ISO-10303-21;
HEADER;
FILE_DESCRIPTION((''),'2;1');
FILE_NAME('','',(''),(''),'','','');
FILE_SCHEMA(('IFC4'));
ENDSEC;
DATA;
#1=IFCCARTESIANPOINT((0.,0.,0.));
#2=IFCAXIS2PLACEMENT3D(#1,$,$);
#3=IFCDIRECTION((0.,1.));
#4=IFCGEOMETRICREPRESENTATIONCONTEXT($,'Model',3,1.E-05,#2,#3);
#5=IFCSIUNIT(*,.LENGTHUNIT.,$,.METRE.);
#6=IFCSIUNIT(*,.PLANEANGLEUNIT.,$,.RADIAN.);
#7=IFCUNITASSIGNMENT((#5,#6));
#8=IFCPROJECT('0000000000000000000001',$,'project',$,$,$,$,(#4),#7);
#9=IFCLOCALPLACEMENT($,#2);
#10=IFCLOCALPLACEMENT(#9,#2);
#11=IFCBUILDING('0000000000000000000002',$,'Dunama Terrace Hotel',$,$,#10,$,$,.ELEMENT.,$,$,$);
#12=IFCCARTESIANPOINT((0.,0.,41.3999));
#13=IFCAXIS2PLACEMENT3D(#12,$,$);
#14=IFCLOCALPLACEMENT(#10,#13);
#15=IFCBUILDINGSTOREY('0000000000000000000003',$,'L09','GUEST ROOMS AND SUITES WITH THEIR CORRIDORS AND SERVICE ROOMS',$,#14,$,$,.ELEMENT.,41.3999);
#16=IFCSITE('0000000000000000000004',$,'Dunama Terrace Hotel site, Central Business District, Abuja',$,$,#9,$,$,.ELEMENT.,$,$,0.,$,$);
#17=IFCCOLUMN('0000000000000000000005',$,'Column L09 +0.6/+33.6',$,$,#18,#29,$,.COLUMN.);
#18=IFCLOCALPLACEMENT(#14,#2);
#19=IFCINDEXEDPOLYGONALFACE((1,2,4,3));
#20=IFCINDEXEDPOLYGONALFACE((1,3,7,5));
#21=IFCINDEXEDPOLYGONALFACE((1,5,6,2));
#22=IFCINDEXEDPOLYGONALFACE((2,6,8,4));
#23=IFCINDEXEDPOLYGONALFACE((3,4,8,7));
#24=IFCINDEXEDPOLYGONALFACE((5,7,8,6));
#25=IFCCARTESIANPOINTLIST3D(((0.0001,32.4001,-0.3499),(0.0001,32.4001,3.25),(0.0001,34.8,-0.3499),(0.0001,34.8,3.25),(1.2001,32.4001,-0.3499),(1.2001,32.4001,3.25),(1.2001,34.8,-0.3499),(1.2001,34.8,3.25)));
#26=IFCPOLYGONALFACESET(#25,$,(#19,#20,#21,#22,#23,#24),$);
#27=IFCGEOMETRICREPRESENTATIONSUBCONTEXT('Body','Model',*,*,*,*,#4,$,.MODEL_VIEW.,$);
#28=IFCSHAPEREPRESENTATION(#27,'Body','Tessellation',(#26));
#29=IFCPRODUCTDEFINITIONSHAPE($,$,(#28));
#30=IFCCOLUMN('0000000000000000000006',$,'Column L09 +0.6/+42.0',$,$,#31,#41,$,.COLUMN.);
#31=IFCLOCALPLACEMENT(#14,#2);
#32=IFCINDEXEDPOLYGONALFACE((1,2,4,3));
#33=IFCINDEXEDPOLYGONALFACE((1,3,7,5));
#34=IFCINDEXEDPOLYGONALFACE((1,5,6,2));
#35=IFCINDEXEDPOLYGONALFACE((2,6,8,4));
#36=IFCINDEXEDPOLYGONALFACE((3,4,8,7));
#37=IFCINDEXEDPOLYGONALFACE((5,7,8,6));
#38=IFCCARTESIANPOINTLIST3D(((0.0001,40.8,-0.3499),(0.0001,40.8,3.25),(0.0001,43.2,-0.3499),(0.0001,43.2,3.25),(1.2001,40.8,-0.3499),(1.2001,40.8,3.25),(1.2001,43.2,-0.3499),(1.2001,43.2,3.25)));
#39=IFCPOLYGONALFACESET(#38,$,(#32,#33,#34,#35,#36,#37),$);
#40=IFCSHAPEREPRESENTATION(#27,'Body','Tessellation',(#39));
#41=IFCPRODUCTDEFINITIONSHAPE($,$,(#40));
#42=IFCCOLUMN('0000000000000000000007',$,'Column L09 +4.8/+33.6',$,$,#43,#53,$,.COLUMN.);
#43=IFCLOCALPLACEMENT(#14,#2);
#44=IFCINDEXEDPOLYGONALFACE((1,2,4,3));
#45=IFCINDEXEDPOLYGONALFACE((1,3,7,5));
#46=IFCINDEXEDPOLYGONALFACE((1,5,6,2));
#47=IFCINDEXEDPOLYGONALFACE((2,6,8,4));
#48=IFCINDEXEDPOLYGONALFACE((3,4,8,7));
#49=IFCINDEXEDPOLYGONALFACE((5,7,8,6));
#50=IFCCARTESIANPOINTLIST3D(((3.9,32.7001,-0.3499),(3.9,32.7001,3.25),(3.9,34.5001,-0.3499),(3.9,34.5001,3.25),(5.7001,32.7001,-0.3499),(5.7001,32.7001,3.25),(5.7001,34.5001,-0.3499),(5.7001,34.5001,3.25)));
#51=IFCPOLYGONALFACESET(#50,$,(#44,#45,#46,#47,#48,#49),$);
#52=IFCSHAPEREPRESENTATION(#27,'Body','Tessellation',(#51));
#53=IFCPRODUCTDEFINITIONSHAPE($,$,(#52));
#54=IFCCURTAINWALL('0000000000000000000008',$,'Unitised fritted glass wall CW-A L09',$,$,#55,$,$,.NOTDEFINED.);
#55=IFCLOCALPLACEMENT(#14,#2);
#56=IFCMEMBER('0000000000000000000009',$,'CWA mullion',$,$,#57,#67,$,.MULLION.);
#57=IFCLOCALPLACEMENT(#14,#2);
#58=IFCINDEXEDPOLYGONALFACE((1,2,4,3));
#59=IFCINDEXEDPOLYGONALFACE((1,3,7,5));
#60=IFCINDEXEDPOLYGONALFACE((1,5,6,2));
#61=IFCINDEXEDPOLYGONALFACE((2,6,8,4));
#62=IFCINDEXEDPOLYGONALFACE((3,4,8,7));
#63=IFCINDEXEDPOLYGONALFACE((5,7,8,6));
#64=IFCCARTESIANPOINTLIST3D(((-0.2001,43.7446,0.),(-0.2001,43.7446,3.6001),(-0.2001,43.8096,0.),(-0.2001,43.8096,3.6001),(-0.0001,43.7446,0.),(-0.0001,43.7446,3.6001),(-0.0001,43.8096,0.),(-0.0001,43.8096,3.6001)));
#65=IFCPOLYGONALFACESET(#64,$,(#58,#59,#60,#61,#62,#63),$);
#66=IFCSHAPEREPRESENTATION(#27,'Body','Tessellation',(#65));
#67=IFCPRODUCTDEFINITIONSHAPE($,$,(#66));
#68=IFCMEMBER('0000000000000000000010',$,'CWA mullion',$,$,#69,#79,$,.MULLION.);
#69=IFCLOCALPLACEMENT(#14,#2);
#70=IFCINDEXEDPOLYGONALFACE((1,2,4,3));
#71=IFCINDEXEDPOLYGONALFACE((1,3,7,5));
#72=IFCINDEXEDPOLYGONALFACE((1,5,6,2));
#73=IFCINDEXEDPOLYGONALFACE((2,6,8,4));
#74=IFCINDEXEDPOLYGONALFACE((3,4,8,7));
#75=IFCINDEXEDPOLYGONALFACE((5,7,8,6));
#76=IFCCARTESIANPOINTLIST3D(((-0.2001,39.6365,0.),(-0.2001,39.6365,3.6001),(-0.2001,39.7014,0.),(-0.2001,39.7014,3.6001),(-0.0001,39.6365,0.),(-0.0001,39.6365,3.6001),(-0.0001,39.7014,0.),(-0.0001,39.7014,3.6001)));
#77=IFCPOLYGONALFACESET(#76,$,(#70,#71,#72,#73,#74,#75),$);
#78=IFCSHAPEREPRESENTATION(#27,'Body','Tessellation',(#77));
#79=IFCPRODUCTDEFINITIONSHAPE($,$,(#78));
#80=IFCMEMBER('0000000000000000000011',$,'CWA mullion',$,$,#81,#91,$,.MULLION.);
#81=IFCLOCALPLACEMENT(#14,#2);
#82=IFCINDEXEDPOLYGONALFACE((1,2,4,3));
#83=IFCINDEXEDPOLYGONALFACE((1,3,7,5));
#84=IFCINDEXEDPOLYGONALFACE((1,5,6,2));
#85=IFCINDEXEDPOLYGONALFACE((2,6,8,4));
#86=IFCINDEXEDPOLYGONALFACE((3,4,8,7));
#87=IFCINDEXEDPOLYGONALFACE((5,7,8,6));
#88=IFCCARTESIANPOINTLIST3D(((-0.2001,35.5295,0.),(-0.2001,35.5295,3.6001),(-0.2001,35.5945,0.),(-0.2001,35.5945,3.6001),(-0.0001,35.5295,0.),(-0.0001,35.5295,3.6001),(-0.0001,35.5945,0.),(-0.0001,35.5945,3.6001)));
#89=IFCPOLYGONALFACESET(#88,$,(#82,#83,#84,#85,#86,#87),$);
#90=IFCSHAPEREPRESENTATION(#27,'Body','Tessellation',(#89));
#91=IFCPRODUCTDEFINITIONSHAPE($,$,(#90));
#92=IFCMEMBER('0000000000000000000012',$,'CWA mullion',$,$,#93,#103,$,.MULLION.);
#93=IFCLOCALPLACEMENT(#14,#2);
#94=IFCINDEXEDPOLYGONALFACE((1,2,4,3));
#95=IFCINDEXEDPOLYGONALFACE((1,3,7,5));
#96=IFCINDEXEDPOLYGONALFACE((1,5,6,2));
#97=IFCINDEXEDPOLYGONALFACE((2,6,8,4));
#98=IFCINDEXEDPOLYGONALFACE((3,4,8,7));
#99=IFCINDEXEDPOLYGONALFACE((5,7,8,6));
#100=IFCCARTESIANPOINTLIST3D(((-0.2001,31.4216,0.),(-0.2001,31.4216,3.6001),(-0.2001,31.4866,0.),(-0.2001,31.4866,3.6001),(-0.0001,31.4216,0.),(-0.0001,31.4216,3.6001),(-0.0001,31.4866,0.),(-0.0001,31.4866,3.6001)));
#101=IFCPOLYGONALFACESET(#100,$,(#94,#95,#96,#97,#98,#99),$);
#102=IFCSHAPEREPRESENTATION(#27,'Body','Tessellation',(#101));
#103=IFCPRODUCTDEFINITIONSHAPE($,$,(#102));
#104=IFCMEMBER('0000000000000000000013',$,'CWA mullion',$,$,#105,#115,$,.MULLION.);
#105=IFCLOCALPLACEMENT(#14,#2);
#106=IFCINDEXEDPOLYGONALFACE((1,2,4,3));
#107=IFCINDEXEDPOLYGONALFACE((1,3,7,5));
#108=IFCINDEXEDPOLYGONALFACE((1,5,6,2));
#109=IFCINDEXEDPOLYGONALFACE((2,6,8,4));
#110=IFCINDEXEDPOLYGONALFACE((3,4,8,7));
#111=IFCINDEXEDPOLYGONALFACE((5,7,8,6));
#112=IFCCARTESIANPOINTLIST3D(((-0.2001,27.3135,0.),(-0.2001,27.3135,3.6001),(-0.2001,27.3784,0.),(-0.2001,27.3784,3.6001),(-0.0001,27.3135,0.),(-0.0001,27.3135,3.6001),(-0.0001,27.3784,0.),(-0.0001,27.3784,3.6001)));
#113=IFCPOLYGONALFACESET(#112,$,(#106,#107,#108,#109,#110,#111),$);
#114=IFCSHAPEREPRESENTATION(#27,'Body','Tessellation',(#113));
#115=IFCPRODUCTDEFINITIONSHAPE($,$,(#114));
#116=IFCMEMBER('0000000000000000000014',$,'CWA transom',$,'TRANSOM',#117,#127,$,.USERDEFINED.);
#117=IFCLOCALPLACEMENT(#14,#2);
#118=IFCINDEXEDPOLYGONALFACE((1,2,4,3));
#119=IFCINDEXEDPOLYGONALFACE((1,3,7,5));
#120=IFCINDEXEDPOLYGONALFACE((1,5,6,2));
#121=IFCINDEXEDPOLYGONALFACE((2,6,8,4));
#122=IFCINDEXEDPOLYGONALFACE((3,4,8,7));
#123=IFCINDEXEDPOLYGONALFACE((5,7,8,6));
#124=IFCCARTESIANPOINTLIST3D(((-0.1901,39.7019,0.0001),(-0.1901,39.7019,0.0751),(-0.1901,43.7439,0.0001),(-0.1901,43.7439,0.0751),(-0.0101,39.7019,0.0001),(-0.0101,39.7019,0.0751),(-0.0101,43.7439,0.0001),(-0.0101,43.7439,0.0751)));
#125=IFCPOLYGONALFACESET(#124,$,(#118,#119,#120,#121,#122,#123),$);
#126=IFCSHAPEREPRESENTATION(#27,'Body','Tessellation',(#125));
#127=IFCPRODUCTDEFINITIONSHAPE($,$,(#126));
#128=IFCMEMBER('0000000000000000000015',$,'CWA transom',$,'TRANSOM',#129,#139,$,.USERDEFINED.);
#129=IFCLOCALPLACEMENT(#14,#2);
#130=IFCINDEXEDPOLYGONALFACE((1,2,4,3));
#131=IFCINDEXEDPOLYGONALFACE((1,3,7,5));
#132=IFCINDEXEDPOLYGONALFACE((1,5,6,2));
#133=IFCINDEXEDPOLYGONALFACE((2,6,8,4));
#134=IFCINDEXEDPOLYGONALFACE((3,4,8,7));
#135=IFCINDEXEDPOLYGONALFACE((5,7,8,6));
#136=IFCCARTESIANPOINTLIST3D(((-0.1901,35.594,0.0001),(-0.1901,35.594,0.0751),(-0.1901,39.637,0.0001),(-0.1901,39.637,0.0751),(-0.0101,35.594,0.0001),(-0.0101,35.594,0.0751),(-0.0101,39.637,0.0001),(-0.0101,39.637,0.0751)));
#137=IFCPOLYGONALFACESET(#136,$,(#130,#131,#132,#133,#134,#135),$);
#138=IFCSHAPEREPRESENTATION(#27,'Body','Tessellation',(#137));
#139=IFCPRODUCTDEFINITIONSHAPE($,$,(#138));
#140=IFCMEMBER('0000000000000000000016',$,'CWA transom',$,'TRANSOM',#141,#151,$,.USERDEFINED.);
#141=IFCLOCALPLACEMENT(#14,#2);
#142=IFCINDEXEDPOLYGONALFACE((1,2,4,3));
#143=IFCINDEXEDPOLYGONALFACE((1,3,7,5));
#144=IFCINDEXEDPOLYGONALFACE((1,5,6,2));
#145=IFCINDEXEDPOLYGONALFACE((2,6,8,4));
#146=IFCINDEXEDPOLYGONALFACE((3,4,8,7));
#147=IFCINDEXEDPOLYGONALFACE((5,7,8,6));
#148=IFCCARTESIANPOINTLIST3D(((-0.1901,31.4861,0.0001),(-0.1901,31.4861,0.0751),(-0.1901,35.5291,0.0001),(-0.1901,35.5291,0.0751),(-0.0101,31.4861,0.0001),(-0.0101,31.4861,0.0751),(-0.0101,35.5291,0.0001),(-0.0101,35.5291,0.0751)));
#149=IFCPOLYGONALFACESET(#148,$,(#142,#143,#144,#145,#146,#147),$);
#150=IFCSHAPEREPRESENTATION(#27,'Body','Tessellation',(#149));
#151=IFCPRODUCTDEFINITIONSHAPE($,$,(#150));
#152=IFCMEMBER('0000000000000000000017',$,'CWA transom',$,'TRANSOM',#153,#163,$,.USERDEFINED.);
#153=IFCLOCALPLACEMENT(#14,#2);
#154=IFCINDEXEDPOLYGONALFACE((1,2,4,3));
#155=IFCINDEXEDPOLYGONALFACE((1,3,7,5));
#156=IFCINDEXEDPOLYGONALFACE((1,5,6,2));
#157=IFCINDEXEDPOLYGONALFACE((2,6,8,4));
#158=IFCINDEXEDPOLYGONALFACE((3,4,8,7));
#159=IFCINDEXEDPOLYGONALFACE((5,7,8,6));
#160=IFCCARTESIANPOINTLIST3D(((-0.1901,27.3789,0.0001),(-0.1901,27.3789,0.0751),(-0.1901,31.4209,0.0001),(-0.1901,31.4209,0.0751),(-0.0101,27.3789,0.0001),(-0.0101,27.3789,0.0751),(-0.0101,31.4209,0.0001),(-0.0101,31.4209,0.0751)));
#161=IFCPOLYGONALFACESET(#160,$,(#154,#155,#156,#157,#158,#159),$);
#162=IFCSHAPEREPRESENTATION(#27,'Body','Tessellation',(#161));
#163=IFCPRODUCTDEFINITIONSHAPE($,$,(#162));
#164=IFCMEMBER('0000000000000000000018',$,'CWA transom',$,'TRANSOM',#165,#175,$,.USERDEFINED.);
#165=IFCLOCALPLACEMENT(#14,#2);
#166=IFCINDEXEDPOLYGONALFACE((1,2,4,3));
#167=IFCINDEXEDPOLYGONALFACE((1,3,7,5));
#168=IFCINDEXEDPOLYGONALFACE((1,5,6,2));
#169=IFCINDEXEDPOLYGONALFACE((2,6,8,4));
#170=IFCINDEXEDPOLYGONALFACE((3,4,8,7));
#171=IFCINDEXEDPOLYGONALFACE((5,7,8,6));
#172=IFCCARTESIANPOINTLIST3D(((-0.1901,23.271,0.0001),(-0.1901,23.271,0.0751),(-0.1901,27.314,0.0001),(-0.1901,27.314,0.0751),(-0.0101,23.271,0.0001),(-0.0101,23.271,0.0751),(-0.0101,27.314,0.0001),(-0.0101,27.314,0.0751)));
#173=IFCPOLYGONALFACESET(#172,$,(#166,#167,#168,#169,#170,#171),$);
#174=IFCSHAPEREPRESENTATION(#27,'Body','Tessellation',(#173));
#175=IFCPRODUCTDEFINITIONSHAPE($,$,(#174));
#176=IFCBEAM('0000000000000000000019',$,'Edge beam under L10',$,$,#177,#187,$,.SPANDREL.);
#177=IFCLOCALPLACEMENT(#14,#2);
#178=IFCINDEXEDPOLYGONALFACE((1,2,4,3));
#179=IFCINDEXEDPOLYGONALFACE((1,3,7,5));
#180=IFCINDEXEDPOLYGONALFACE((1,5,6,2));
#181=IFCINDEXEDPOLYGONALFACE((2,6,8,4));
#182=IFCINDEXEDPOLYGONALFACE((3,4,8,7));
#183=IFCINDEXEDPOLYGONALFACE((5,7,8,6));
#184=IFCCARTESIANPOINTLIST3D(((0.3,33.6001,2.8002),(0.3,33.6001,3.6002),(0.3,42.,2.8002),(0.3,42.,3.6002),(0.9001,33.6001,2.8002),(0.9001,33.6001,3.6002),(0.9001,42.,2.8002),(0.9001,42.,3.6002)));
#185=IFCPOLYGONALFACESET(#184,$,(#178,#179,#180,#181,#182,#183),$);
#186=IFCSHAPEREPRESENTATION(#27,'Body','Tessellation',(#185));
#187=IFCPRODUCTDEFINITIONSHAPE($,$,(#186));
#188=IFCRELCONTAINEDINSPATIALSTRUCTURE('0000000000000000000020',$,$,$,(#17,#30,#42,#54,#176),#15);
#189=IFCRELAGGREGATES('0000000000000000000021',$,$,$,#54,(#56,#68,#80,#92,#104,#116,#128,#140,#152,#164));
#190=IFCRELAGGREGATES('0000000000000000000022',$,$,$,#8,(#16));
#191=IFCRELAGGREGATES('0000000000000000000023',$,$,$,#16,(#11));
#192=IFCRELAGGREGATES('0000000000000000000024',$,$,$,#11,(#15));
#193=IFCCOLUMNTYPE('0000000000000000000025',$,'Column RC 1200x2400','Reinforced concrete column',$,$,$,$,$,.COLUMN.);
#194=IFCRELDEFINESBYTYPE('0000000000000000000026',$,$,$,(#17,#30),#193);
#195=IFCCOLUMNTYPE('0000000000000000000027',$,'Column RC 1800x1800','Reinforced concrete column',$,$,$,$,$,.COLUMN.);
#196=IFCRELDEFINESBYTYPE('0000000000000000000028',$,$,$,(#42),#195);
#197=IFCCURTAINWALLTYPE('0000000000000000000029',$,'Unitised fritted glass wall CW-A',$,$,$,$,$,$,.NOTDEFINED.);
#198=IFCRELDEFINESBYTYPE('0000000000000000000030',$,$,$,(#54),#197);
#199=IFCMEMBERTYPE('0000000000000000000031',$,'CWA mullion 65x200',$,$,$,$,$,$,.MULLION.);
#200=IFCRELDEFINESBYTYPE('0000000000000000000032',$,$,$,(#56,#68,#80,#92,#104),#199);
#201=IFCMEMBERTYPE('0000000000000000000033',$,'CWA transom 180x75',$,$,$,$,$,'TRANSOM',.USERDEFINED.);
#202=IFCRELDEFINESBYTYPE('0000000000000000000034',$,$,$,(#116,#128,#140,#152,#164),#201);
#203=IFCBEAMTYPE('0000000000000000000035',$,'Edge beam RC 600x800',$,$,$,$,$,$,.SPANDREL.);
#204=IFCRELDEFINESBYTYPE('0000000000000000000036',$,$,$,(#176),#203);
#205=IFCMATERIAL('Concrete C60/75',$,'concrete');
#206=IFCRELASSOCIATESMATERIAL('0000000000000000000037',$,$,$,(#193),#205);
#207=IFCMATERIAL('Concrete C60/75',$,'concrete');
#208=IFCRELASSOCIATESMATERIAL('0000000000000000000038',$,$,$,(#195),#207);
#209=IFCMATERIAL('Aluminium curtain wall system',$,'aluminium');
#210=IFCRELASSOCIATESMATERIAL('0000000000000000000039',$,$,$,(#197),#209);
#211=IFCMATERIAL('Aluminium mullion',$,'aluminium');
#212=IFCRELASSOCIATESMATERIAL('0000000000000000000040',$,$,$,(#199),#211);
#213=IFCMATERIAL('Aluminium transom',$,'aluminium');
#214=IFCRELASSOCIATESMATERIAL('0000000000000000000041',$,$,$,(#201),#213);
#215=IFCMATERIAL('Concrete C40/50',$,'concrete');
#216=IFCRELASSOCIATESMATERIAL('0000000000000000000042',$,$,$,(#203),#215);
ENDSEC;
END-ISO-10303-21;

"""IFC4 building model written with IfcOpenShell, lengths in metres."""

from ifc_helpers import new_model, si_unit, direction, frame, origin, origin_2d, place, context, subcontext, project, spatial, rectangle, extrude, material, material_profile, profile_set, type_object, element, aggregate, save


model = new_model("IFC4")

# Units and contexts
model_context = context("Model", 3, precision=1e-05, world=origin(), true_north=direction((0.0, 1.0)))
body_context = subcontext(model_context, "Body", "Model", "MODEL_VIEW")
ifc_project = project(units=[si_unit("LENGTHUNIT", "METRE"), si_unit("PLANEANGLEUNIT", "RADIAN")], contexts=[model_context])

# Site, building, storey
site_placement = place(None, origin())
site = spatial("IfcSite", under=ifc_project, at=site_placement, Name="Dunama Terrace Hotel site, Central Business District, Abuja", CompositionType="ELEMENT", RefElevation=0.0)
building_placement = place(site_placement, origin())
building = spatial("IfcBuilding", under=site, at=building_placement, Name="Dunama Terrace Hotel", CompositionType="ELEMENT")
storey_placement = place(building_placement, frame((0.0, 0.0, 41.3999)))
storey = spatial("IfcBuildingStorey", under=building, at=storey_placement, Name="L09", Description="GUEST ROOMS AND SUITES WITH THEIR CORRIDORS AND SERVICE ROOMS", CompositionType="ELEMENT", Elevation=41.3999)

# Columns
ifc_material_1 = material(Name="Concrete C60/75", Category="concrete")
ifc_material_profile_1 = material_profile(ifc_material_1, rectangle(XDim=1.2, YDim=2.3999, at=origin_2d()), Name="RC 1200x2400")
ifc_profile_set_1 = profile_set([ifc_material_profile_1], Name="Concrete C60/75")
column_type_1 = type_object("IfcColumnType", Name="Column RC 1200x2400", Description="Reinforced concrete column", PredefinedType="COLUMN", material=ifc_profile_set_1)
for number, where, z_axis, x_axis, name in (
    (1, (0.6001, 33.6001, -0.3499), (0.0, 0.0, 1.0), (1.0, 0.0, 0.0), "Column L09 +0.6/+33.6"),
    (2, (0.6001, 42.0, -0.3499), (0.0, 0.0, 1.0), (1.0, 0.0, 0.0), "Column L09 +0.6/+42.0"),
):
    element("IfcColumn", number, at=place(storey_placement, frame(where, z_axis=z_axis, x_axis=x_axis)), inside=storey, type_object=column_type_1, Name=name, PredefinedType="COLUMN", context=body_context, shape_type="SweptSolid", body=[
        extrude(rectangle(XDim=1.2, YDim=2.3999, at=origin_2d()), origin(), (0.0, 0.0, 1.0), 3.5999),
    ])
ifc_material_2 = material(Name="Concrete C60/75", Category="concrete")
ifc_material_profile_2 = material_profile(ifc_material_2, rectangle(XDim=1.8, YDim=1.8, at=origin_2d()), Name="RC 1800x1800")
ifc_profile_set_2 = profile_set([ifc_material_profile_2], Name="Concrete C60/75")
column_type_2 = type_object("IfcColumnType", Name="Column RC 1800x1800", Description="Reinforced concrete column", PredefinedType="COLUMN", material=ifc_profile_set_2)
column_placement = place(storey_placement, frame((4.8, 33.6001, -0.3499), z_axis=(0.0, 0.0, 1.0), x_axis=(1.0, 0.0, 0.0)))
element("IfcColumn", 3, at=column_placement, inside=storey, type_object=column_type_2, Name="Column L09 +4.8/+33.6", PredefinedType="COLUMN", context=body_context, shape_type="SweptSolid", body=[
    extrude(rectangle(XDim=1.8, YDim=1.8, at=origin_2d()), origin(), (0.0, 0.0, 1.0), 3.5999),
])

# Curtain wall, members
ifc_material_3 = material(Name="Aluminium curtain wall system", Category="aluminium")
curtain_wall_type = type_object("IfcCurtainWallType", Name="Unitised fritted glass wall CW-A", PredefinedType="NOTDEFINED", material=ifc_material_3)
curtain_wall_placement = place(storey_placement, origin())
curtain_wall = element("IfcCurtainWall", 4, at=curtain_wall_placement, inside=storey, type_object=curtain_wall_type, Name="Unitised fritted glass wall CW-A L09", PredefinedType="NOTDEFINED")
ifc_material_4 = material(Name="Aluminium mullion", Category="aluminium")
ifc_material_profile_3 = material_profile(ifc_material_4, rectangle(XDim=0.0649, YDim=0.2, at=origin_2d()), Name="CWA MULLION 65X200")
ifc_profile_set_3 = profile_set([ifc_material_profile_3], Name="Aluminium mullion")
member_type_1 = type_object("IfcMemberType", Name="CWA mullion 65x200", PredefinedType="MULLION", material=ifc_profile_set_3)
member_1_placement = place(storey_placement, frame((-0.1001, 43.7771, 0.0), z_axis=(0.0, 0.0, 1.0), x_axis=(0.0, -1.0, 0.0)))
member_1 = element("IfcMember", 5, at=member_1_placement, type_object=member_type_1, Name="CWA mullion", PredefinedType="MULLION", context=body_context, shape_type="SweptSolid", body=[
    extrude(rectangle(XDim=0.0649, YDim=0.2, at=origin_2d()), origin(), (0.0, 0.0, 1.0), 3.6001),
])
member_2_placement = place(storey_placement, frame((-0.1001, 39.6689, 0.0), z_axis=(0.0, 0.0, 1.0), x_axis=(0.0, -1.0, 0.0)))
member_2 = element("IfcMember", 6, at=member_2_placement, type_object=member_type_1, Name="CWA mullion", PredefinedType="MULLION", context=body_context, shape_type="SweptSolid", body=[
    extrude(rectangle(XDim=0.0649, YDim=0.2, at=origin_2d()), origin(), (0.0, 0.0, 1.0), 3.6001),
])
member_3_placement = place(storey_placement, frame((-0.1001, 35.562, 0.0), z_axis=(0.0, 0.0, 1.0), x_axis=(0.0, -1.0, 0.0)))
member_3 = element("IfcMember", 7, at=member_3_placement, type_object=member_type_1, Name="CWA mullion", PredefinedType="MULLION", context=body_context, shape_type="SweptSolid", body=[
    extrude(rectangle(XDim=0.0649, YDim=0.2, at=origin_2d()), origin(), (0.0, 0.0, 1.0), 3.6001),
])
member_4_placement = place(storey_placement, frame((-0.1001, 31.4541, 0.0), z_axis=(0.0, 0.0, 1.0), x_axis=(0.0, -1.0, 0.0)))
member_4 = element("IfcMember", 8, at=member_4_placement, type_object=member_type_1, Name="CWA mullion", PredefinedType="MULLION", context=body_context, shape_type="SweptSolid", body=[
    extrude(rectangle(XDim=0.0649, YDim=0.2, at=origin_2d()), origin(), (0.0, 0.0, 1.0), 3.6001),
])
member_5_placement = place(storey_placement, frame((-0.1001, 27.3459, 0.0), z_axis=(0.0, 0.0, 1.0), x_axis=(0.0, -1.0, 0.0)))
member_5 = element("IfcMember", 9, at=member_5_placement, type_object=member_type_1, Name="CWA mullion", PredefinedType="MULLION", context=body_context, shape_type="SweptSolid", body=[
    extrude(rectangle(XDim=0.0649, YDim=0.2, at=origin_2d()), origin(), (0.0, 0.0, 1.0), 3.6001),
])
ifc_material_5 = material(Name="Aluminium transom", Category="aluminium")
ifc_material_profile_4 = material_profile(ifc_material_5, rectangle(XDim=0.1799, YDim=0.075, at=origin_2d()), Name="CWA TRANSOM 180X75")
ifc_profile_set_4 = profile_set([ifc_material_profile_4], Name="Aluminium transom")
member_type_2 = type_object("IfcMemberType", Name="CWA transom 180x75", ElementType="TRANSOM", PredefinedType="USERDEFINED", material=ifc_profile_set_4)
member_6_placement = place(storey_placement, frame((-0.1001, 43.7439, 0.0376), z_axis=(0.0, -1.0, 0.0), x_axis=(1.0, 0.0, 0.0)))
member_6 = element("IfcMember", 10, at=member_6_placement, type_object=member_type_2, Name="CWA transom", ObjectType="TRANSOM", PredefinedType="USERDEFINED", context=body_context, shape_type="SweptSolid", body=[
    extrude(rectangle(XDim=0.1799, YDim=0.075, at=origin_2d()), origin(), (0.0, 0.0, 1.0), 4.042),
])
member_7_placement = place(storey_placement, frame((-0.1001, 39.637, 0.0376), z_axis=(0.0, -1.0, 0.0), x_axis=(1.0, 0.0, 0.0)))
member_7 = element("IfcMember", 11, at=member_7_placement, type_object=member_type_2, Name="CWA transom", ObjectType="TRANSOM", PredefinedType="USERDEFINED", context=body_context, shape_type="SweptSolid", body=[
    extrude(rectangle(XDim=0.1799, YDim=0.075, at=origin_2d()), origin(), (0.0, 0.0, 1.0), 4.043),
])
member_8_placement = place(storey_placement, frame((-0.1001, 35.5291, 0.0376), z_axis=(0.0, -1.0, 0.0), x_axis=(1.0, 0.0, 0.0)))
member_8 = element("IfcMember", 12, at=member_8_placement, type_object=member_type_2, Name="CWA transom", ObjectType="TRANSOM", PredefinedType="USERDEFINED", context=body_context, shape_type="SweptSolid", body=[
    extrude(rectangle(XDim=0.1799, YDim=0.075, at=origin_2d()), origin(), (0.0, 0.0, 1.0), 4.043),
])
member_9_placement = place(storey_placement, frame((-0.1001, 31.4209, 0.0376), z_axis=(0.0, -1.0, 0.0), x_axis=(1.0, 0.0, 0.0)))
member_9 = element("IfcMember", 13, at=member_9_placement, type_object=member_type_2, Name="CWA transom", ObjectType="TRANSOM", PredefinedType="USERDEFINED", context=body_context, shape_type="SweptSolid", body=[
    extrude(rectangle(XDim=0.1799, YDim=0.075, at=origin_2d()), origin(), (0.0, 0.0, 1.0), 4.042),
])
member_10_placement = place(storey_placement, frame((-0.1001, 27.314, 0.0376), z_axis=(0.0, -1.0, 0.0), x_axis=(1.0, 0.0, 0.0)))
member_10 = element("IfcMember", 14, at=member_10_placement, type_object=member_type_2, Name="CWA transom", ObjectType="TRANSOM", PredefinedType="USERDEFINED", context=body_context, shape_type="SweptSolid", body=[
    extrude(rectangle(XDim=0.1799, YDim=0.075, at=origin_2d()), origin(), (0.0, 0.0, 1.0), 4.043),
])

# Beam
ifc_material_6 = material(Name="Concrete C40/50", Category="concrete")
ifc_material_profile_5 = material_profile(ifc_material_6, rectangle(XDim=0.6001, YDim=0.8, at=origin_2d()), Name="RC 600x800")
ifc_profile_set_5 = profile_set([ifc_material_profile_5], Name="Concrete C40/50")
beam_type = type_object("IfcBeamType", Name="Edge beam RC 600x800", PredefinedType="SPANDREL", material=ifc_profile_set_5)
for number, where, z_axis, x_axis, name in (
    (15, (0.6001, 33.6001, 3.2002), (0.0, 1.0, 0.0), (-1.0, 0.0, 0.0), "Edge beam under L10"),
):
    element("IfcBeam", number, at=place(storey_placement, frame(where, z_axis=z_axis, x_axis=x_axis)), inside=storey, type_object=beam_type, Name=name, PredefinedType="SPANDREL", context=body_context, shape_type="SweptSolid", body=[
        extrude(rectangle(XDim=0.6001, YDim=0.8, at=origin_2d()), origin(), (0.0, 0.0, 1.0), 8.3999),
    ])

aggregate(curtain_wall, [member_1, member_2, member_3, member_4, member_5, member_6, member_7, member_8, member_9, member_10])

save(model, "model.ifc")
